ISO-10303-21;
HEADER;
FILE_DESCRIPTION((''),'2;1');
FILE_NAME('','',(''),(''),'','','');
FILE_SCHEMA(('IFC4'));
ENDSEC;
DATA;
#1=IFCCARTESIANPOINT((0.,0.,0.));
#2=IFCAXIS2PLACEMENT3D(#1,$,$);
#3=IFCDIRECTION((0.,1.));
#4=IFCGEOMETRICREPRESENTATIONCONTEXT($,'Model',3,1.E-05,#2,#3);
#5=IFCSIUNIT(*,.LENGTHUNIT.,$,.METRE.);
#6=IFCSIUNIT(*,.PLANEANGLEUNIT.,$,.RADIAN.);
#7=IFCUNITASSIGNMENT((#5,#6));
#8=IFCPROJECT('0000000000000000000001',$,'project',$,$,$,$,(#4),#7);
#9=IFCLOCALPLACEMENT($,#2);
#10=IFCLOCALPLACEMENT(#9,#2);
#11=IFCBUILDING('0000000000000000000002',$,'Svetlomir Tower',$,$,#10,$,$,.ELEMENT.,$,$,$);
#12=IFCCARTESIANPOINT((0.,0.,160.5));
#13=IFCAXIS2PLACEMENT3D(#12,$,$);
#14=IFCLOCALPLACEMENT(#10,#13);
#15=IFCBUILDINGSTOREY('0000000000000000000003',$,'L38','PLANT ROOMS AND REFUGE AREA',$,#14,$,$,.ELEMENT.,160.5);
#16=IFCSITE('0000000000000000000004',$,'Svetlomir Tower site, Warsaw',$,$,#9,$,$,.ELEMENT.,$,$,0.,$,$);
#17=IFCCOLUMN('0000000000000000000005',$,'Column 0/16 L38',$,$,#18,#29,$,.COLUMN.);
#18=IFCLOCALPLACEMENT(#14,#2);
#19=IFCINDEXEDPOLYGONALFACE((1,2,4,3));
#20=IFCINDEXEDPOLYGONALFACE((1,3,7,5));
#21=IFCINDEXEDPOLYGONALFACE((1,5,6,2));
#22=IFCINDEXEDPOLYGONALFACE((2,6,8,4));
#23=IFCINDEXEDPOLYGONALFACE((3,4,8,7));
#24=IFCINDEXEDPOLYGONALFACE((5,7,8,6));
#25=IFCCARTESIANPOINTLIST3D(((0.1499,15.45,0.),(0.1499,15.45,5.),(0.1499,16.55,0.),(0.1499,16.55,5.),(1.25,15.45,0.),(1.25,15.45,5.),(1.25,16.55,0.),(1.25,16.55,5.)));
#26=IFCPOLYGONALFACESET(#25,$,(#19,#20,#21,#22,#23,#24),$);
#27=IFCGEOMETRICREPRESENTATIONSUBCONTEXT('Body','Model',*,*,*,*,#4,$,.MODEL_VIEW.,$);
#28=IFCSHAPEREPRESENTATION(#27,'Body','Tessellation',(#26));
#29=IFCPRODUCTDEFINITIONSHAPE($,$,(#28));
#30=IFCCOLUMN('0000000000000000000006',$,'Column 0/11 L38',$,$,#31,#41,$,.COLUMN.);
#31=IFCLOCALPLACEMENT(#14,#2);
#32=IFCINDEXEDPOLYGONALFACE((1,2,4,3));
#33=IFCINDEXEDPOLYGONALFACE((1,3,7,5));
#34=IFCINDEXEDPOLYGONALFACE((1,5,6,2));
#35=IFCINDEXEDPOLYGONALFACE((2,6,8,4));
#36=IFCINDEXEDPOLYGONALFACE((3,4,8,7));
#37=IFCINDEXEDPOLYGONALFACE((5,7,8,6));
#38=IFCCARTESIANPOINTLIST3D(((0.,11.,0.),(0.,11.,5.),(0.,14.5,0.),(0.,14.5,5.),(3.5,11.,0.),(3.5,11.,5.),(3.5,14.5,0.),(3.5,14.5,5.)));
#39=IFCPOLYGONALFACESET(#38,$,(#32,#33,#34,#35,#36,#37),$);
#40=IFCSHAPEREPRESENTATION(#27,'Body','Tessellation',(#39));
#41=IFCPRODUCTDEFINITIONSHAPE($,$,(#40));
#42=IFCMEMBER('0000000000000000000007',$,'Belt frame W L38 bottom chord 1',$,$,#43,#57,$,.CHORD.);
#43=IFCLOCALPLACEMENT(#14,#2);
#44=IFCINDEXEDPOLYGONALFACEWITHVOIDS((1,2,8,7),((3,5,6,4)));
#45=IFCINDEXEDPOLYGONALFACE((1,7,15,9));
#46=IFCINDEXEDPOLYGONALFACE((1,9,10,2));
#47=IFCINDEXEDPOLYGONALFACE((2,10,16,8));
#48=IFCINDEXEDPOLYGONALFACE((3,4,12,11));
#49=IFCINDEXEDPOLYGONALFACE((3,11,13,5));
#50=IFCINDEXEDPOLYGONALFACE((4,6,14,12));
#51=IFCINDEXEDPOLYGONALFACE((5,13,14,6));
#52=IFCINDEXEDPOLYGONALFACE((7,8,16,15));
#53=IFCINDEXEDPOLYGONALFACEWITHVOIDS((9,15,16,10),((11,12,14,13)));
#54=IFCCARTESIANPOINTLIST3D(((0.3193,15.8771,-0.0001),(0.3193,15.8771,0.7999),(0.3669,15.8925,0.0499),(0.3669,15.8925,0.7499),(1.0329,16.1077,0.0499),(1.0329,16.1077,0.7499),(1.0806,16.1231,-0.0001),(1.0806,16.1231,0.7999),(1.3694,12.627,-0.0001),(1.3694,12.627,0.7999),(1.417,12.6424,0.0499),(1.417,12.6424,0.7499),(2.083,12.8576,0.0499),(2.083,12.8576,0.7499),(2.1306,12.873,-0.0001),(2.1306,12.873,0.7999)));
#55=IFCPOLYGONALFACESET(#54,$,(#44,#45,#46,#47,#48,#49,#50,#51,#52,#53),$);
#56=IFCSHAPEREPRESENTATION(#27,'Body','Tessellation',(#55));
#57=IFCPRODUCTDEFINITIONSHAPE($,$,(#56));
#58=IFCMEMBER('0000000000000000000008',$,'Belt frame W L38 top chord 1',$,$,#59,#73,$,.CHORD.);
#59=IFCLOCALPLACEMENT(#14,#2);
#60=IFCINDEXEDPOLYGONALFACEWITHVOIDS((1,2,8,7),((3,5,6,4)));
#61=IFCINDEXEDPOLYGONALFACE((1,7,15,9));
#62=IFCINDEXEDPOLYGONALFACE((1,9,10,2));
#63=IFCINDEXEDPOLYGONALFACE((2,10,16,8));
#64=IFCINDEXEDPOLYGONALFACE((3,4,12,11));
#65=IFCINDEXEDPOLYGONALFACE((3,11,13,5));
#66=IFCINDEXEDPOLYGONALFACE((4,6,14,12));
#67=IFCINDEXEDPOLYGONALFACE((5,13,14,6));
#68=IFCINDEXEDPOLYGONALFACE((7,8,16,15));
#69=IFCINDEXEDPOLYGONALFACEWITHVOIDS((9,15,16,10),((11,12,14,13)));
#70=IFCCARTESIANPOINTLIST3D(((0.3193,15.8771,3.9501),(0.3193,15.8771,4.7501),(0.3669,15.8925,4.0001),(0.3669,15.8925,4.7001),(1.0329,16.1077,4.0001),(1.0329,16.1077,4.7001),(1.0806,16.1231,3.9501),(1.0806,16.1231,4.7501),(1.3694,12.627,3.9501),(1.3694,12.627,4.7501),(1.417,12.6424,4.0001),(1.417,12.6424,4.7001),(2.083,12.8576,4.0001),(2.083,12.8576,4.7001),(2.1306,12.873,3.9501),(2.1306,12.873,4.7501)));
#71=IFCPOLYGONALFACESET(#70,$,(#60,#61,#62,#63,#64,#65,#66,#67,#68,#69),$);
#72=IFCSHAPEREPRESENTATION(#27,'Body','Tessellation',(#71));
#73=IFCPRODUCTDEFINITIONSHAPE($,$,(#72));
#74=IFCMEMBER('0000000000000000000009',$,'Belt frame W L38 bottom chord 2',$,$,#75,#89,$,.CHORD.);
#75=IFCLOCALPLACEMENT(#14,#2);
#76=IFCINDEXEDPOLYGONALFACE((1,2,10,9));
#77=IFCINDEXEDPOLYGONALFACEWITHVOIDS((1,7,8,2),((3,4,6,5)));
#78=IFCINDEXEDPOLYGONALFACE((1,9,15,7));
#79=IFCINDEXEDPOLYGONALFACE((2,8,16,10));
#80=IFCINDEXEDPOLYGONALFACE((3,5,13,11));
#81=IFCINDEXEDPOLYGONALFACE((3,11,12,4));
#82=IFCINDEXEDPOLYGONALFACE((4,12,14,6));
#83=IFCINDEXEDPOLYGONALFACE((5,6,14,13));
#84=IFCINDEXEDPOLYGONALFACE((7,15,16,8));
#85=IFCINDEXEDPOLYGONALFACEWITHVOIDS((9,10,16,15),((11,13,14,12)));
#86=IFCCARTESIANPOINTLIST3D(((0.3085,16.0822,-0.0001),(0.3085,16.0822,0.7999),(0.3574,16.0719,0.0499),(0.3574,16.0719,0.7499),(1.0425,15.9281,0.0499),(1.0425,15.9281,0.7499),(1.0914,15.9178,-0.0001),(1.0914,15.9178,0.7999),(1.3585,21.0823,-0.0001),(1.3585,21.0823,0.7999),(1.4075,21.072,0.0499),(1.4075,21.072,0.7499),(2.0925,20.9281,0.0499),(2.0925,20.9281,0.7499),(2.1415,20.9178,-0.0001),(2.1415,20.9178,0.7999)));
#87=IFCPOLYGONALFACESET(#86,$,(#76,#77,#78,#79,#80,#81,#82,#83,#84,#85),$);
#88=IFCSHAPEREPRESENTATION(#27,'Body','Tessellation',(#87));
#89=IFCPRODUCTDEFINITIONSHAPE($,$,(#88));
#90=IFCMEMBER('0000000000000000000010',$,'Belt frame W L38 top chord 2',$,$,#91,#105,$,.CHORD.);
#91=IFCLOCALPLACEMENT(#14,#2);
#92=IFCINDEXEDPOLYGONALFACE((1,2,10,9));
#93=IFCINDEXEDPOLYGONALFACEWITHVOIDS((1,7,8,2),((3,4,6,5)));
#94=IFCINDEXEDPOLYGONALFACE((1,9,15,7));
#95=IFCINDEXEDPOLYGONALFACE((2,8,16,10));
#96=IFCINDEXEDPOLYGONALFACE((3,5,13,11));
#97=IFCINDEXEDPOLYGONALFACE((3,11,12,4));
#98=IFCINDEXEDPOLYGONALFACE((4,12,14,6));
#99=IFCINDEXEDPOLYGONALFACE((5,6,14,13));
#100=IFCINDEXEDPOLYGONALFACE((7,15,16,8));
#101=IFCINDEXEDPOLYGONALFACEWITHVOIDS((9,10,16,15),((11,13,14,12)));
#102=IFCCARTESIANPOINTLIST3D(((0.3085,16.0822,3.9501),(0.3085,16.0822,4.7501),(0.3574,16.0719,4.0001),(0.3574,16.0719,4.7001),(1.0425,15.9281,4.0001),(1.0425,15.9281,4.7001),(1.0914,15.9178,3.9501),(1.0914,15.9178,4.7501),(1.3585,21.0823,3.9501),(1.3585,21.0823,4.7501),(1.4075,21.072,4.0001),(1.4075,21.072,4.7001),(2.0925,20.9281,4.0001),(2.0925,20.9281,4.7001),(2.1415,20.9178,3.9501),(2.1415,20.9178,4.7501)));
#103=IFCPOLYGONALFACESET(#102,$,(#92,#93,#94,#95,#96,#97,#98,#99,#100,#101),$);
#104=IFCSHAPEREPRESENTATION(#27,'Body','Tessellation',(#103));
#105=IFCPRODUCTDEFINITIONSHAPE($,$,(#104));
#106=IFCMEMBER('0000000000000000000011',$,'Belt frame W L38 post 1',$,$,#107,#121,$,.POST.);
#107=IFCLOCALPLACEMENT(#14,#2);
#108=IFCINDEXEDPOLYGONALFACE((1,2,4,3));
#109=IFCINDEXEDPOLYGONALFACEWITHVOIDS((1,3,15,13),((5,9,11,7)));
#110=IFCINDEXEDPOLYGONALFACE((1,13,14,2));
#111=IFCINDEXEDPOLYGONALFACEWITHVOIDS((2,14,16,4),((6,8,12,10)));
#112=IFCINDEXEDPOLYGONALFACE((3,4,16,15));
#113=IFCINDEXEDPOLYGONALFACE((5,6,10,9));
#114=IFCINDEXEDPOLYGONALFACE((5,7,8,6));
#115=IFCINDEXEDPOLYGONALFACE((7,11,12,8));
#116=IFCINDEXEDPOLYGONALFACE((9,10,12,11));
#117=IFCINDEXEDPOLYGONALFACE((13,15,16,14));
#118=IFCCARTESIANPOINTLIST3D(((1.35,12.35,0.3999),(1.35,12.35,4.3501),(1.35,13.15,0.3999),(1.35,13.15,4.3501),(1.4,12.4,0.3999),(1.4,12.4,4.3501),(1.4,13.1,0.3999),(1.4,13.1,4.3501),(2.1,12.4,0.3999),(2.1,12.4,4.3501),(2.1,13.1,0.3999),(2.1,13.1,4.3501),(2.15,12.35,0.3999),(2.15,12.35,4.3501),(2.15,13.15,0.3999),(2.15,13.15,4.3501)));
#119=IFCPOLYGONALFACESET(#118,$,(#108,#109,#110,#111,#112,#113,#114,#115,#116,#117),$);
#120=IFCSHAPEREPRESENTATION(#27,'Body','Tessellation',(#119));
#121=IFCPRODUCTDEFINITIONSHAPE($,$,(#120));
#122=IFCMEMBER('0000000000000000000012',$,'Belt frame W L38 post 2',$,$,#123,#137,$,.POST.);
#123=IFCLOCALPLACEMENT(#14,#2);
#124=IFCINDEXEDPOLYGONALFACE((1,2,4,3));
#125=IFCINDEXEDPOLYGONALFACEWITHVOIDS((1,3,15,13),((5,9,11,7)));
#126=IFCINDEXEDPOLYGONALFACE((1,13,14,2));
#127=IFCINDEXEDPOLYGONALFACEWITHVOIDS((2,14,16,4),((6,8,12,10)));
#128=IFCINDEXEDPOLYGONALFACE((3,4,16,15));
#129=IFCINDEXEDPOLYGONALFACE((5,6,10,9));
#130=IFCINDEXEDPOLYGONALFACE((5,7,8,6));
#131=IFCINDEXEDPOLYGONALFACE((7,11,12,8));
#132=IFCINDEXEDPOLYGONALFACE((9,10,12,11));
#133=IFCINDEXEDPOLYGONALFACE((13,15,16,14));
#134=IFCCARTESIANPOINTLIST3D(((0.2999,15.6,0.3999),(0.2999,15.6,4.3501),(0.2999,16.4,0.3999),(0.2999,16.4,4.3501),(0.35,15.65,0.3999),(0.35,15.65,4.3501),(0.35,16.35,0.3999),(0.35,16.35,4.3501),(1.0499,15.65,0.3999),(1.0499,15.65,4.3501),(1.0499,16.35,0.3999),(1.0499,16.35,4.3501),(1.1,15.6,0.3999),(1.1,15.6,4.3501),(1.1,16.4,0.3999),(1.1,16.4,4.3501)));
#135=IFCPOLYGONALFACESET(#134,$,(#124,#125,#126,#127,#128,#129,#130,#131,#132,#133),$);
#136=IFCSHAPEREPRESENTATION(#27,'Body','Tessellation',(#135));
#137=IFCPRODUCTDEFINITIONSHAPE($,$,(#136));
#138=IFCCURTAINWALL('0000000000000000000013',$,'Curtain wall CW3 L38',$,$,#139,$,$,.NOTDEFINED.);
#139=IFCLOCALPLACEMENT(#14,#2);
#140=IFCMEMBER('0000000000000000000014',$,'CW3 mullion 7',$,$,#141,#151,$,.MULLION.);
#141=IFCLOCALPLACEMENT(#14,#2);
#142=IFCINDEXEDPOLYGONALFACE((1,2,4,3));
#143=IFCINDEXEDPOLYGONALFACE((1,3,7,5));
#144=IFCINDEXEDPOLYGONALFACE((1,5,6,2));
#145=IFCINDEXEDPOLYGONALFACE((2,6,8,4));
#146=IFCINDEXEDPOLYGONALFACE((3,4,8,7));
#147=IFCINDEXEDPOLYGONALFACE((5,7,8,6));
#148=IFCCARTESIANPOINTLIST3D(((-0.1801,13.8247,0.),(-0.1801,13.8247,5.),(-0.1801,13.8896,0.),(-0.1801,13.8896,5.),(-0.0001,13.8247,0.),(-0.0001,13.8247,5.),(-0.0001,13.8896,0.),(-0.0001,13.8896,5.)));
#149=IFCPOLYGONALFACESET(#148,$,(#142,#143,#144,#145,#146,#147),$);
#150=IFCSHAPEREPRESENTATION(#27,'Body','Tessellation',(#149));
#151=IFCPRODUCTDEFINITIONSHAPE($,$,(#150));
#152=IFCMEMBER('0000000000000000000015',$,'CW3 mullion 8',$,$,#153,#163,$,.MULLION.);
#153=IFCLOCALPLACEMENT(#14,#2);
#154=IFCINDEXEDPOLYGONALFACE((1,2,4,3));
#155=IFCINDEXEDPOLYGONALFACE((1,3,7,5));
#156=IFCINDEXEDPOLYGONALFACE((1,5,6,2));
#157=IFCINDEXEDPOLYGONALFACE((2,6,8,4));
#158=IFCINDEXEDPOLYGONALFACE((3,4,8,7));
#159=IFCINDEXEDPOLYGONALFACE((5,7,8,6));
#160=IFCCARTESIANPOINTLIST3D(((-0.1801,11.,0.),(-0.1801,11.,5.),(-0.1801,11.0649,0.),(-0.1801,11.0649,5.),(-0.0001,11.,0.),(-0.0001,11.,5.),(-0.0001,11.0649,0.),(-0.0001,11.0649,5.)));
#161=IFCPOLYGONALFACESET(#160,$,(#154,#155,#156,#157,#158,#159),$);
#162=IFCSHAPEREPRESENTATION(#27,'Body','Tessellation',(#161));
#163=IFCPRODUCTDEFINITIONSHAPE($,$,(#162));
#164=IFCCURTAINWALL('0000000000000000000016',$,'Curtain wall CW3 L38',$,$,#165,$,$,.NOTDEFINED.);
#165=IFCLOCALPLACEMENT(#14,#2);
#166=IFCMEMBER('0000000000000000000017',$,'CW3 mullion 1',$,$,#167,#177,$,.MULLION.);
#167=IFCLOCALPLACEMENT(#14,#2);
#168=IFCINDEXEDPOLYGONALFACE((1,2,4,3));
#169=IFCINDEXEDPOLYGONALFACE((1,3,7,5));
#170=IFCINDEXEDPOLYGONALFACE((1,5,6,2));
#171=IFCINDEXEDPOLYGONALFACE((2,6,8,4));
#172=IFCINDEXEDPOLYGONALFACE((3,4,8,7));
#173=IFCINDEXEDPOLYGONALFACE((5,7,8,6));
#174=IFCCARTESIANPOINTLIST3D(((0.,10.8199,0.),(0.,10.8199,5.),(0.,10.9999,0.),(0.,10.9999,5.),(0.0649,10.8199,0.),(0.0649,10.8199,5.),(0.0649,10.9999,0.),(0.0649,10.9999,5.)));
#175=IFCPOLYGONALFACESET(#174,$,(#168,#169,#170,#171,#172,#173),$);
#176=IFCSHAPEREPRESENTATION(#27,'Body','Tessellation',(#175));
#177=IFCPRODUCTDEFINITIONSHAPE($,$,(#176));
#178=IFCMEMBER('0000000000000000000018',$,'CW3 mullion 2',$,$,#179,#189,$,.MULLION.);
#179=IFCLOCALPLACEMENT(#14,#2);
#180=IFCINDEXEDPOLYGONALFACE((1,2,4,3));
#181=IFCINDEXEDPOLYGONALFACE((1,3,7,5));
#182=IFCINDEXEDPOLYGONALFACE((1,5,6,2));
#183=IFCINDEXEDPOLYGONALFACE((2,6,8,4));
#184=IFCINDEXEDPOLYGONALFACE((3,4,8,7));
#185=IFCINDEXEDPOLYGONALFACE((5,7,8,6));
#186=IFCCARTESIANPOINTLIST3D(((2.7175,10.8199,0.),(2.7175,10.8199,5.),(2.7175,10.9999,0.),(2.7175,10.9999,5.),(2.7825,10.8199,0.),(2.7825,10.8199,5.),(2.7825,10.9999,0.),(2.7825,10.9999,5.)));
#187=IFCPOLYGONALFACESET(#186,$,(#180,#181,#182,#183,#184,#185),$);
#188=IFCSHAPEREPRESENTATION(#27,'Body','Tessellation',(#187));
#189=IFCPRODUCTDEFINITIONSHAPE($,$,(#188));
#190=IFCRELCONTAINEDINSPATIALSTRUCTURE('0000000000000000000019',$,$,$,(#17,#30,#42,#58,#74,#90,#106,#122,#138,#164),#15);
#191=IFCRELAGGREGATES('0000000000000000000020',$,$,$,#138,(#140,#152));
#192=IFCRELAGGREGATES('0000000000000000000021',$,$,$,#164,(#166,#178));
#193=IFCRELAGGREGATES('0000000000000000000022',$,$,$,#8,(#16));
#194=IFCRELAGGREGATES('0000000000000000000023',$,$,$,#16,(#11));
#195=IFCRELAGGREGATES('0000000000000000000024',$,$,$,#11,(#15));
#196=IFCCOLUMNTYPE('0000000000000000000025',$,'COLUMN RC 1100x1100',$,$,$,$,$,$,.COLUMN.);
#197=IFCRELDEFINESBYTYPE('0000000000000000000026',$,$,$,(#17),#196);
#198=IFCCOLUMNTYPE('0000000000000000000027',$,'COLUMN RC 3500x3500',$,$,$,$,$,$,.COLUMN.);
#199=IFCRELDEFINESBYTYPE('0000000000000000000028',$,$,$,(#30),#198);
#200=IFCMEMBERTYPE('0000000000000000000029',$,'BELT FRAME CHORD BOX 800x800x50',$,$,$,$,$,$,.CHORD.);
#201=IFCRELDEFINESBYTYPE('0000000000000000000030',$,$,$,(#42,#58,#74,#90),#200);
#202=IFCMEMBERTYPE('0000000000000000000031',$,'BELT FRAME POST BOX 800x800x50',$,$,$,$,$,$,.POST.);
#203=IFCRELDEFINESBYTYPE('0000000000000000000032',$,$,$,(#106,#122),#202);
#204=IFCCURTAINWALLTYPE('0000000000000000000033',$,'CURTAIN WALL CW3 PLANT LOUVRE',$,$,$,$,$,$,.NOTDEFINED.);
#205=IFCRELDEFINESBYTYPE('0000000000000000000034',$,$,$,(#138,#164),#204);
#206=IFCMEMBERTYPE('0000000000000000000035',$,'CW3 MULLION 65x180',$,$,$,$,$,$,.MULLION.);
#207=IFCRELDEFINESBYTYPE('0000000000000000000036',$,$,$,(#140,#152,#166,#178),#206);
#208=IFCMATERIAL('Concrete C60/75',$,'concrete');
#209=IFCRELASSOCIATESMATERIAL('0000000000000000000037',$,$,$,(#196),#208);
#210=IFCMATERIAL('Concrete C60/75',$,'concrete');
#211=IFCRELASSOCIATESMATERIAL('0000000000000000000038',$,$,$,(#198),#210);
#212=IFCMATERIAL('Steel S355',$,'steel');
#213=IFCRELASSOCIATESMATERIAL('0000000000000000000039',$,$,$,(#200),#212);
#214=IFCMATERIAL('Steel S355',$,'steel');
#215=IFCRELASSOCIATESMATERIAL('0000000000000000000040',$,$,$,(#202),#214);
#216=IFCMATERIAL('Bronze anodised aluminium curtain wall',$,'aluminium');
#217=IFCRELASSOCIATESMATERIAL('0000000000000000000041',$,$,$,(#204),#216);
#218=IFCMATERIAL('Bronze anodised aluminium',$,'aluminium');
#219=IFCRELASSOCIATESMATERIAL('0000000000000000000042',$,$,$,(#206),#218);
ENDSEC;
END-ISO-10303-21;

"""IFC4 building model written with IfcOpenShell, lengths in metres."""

from ifc_helpers import new_model, si_unit, direction, frame, origin, origin_2d, place, context, subcontext, project, spatial, rectangle, hollow_rectangle, extrude, material, material_profile, profile_set, type_object, element, aggregate, save


model = new_model("IFC4")

# Units and contexts
model_context = context("Model", 3, precision=1e-05, world=origin(), true_north=direction((0.0, 1.0)))
body_context = subcontext(model_context, "Body", "Model", "MODEL_VIEW")
ifc_project = project(units=[si_unit("LENGTHUNIT", "METRE"), si_unit("PLANEANGLEUNIT", "RADIAN")], contexts=[model_context])

# Site, building, storey
site_placement = place(None, origin())
site = spatial("IfcSite", under=ifc_project, at=site_placement, Name="Svetlomir Tower site, Warsaw", CompositionType="ELEMENT", RefElevation=0.0)
building_placement = place(site_placement, origin())
building = spatial("IfcBuilding", under=site, at=building_placement, Name="Svetlomir Tower", CompositionType="ELEMENT")
storey_placement = place(building_placement, frame((0.0, 0.0, 160.5)))
storey = spatial("IfcBuildingStorey", under=building, at=storey_placement, Name="L38", Description="PLANT ROOMS AND REFUGE AREA", CompositionType="ELEMENT", Elevation=160.5)

# Columns
ifc_material_1 = material(Name="Concrete C60/75", Category="concrete")
ifc_material_profile_1 = material_profile(ifc_material_1, rectangle(XDim=1.1001, YDim=1.1001, at=origin_2d()), Name="RC 1100x1100")
ifc_profile_set_1 = profile_set([ifc_material_profile_1], Name="Concrete C60/75")
column_type_1 = type_object("IfcColumnType", Name="COLUMN RC 1100x1100", PredefinedType="COLUMN", material=ifc_profile_set_1)
column_1_placement = place(storey_placement, frame((0.7, 16.0, 0.0), z_axis=(0.0, 0.0, 1.0), x_axis=(1.0, 0.0, 0.0)))
element("IfcColumn", 1, at=column_1_placement, inside=storey, type_object=column_type_1, Name="Column 0/16 L38", PredefinedType="COLUMN", context=body_context, shape_type="SweptSolid", body=[
    extrude(rectangle(XDim=1.1001, YDim=1.1001, at=origin_2d()), origin(), (0.0, 0.0, 1.0), 5.0),
])
ifc_material_2 = material(Name="Concrete C60/75", Category="concrete")
ifc_material_profile_2 = material_profile(ifc_material_2, rectangle(XDim=3.5, YDim=3.5, at=origin_2d()), Name="RC 3500x3500")
ifc_profile_set_2 = profile_set([ifc_material_profile_2], Name="Concrete C60/75")
column_type_2 = type_object("IfcColumnType", Name="COLUMN RC 3500x3500", PredefinedType="COLUMN", material=ifc_profile_set_2)
column_2_placement = place(storey_placement, frame((1.75, 12.75, 0.0), z_axis=(0.0, 0.0, 1.0), x_axis=(1.0, 0.0, 0.0)))
element("IfcColumn", 2, at=column_2_placement, inside=storey, type_object=column_type_2, Name="Column 0/11 L38", PredefinedType="COLUMN", context=body_context, shape_type="SweptSolid", body=[
    extrude(rectangle(XDim=3.5, YDim=3.5, at=origin_2d()), origin(), (0.0, 0.0, 1.0), 5.0),
])

# Members
ifc_material_3 = material(Name="Steel S355", Category="steel")
ifc_material_profile_3 = material_profile(ifc_material_3, hollow_rectangle(XDim=0.8, YDim=0.8, WallThickness=0.05, at=origin_2d()), Name="BOX 800x800x50")
ifc_profile_set_3 = profile_set([ifc_material_profile_3], Name="Steel S355")
member_type_1 = type_object("IfcMemberType", Name="BELT FRAME CHORD BOX 800x800x50", PredefinedType="CHORD", material=ifc_profile_set_3)
for number, where, z_axis, x_axis, name in (
    (3, (1.75, 12.75, 0.3999), (-0.307443, 0.951566, 0.0), (-0.951566, -0.307443, 0.0), "Belt frame W L38 bottom chord 1"),
    (4, (1.75, 12.75, 4.3501), (-0.307443, 0.951566, 0.0), (-0.951566, -0.307443, 0.0), "Belt frame W L38 top chord 1"),
):
    element("IfcMember", number, at=place(storey_placement, frame(where, z_axis=z_axis, x_axis=x_axis)), inside=storey, type_object=member_type_1, Name=name, PredefinedType="CHORD", context=body_context, shape_type="SweptSolid", body=[
        extrude(hollow_rectangle(XDim=0.8, YDim=0.8, WallThickness=0.05, at=origin_2d()), origin(), (0.0, 0.0, 1.0), 3.4155),
    ])
for number, where, z_axis, x_axis, name in (
    (5, (0.7, 16.0, 0.3999), (0.205526, 0.978652, 0.0), (-0.978652, 0.205526, 0.0), "Belt frame W L38 bottom chord 2"),
    (6, (0.7, 16.0, 4.3501), (0.205526, 0.978652, 0.0), (-0.978652, 0.205526, 0.0), "Belt frame W L38 top chord 2"),
):
    element("IfcMember", number, at=place(storey_placement, frame(where, z_axis=z_axis, x_axis=x_axis)), inside=storey, type_object=member_type_1, Name=name, PredefinedType="CHORD", context=body_context, shape_type="SweptSolid", body=[
        extrude(hollow_rectangle(XDim=0.8, YDim=0.8, WallThickness=0.05, at=origin_2d()), origin(), (0.0, 0.0, 1.0), 5.1091),
    ])
ifc_material_4 = material(Name="Steel S355", Category="steel")
ifc_material_profile_4 = material_profile(ifc_material_4, hollow_rectangle(XDim=0.8, YDim=0.8, WallThickness=0.05, at=origin_2d()), Name="BOX 800x800x50")
ifc_profile_set_4 = profile_set([ifc_material_profile_4], Name="Steel S355")
member_type_2 = type_object("IfcMemberType", Name="BELT FRAME POST BOX 800x800x50", PredefinedType="POST", material=ifc_profile_set_4)
for number, where, z_axis, x_axis, name in (
    (7, (1.75, 12.75, 0.3999), (0.0, 0.0, 1.0), (1.0, 0.0, 0.0), "Belt frame W L38 post 1"),
    (8, (0.7, 16.0, 0.3999), (0.0, 0.0, 1.0), (1.0, 0.0, 0.0), "Belt frame W L38 post 2"),
):
    element("IfcMember", number, at=place(storey_placement, frame(where, z_axis=z_axis, x_axis=x_axis)), inside=storey, type_object=member_type_2, Name=name, PredefinedType="POST", context=body_context, shape_type="SweptSolid", body=[
        extrude(hollow_rectangle(XDim=0.8, YDim=0.8, WallThickness=0.05, at=origin_2d()), origin(), (0.0, 0.0, 1.0), 3.9502),
    ])

# Curtain walls, members
ifc_material_5 = material(Name="Bronze anodised aluminium curtain wall", Category="aluminium")
curtain_wall_type = type_object("IfcCurtainWallType", Name="CURTAIN WALL CW3 PLANT LOUVRE", PredefinedType="NOTDEFINED", material=ifc_material_5)
curtain_wall_1_placement = place(storey_placement, origin())
curtain_wall_1 = element("IfcCurtainWall", 9, at=curtain_wall_1_placement, inside=storey, type_object=curtain_wall_type, Name="Curtain wall CW3 L38", PredefinedType="NOTDEFINED")
ifc_material_6 = material(Name="Bronze anodised aluminium", Category="aluminium")
ifc_material_profile_5 = material_profile(ifc_material_6, rectangle(XDim=0.0649, YDim=0.1799, at=origin_2d()), Name="AL 65x180")
ifc_profile_set_5 = profile_set([ifc_material_profile_5], Name="Bronze anodised aluminium 6063-T6")
member_type_3 = type_object("IfcMemberType", Name="CW3 MULLION 65x180", PredefinedType="MULLION", material=ifc_profile_set_5)
member_1_placement = place(storey_placement, frame((-0.0901, 13.8572, 0.0), z_axis=(0.0, 0.0, 1.0), x_axis=(0.0, -1.0, 0.0)))
member_1 = element("IfcMember", 10, at=member_1_placement, type_object=member_type_3, Name="CW3 mullion 7", PredefinedType="MULLION", context=body_context, shape_type="SweptSolid", body=[
    extrude(rectangle(XDim=0.0649, YDim=0.1799, at=origin_2d()), origin(), (0.0, 0.0, 1.0), 5.0),
])
member_2_placement = place(storey_placement, frame((-0.0901, 11.0325, 0.0), z_axis=(0.0, 0.0, 1.0), x_axis=(0.0, -1.0, 0.0)))
member_2 = element("IfcMember", 11, at=member_2_placement, type_object=member_type_3, Name="CW3 mullion 8", PredefinedType="MULLION", context=body_context, shape_type="SweptSolid", body=[
    extrude(rectangle(XDim=0.0649, YDim=0.1799, at=origin_2d()), origin(), (0.0, 0.0, 1.0), 5.0),
])
curtain_wall_2_placement = place(storey_placement, origin())
curtain_wall_2 = element("IfcCurtainWall", 12, at=curtain_wall_2_placement, inside=storey, type_object=curtain_wall_type, Name="Curtain wall CW3 L38", PredefinedType="NOTDEFINED")
member_3_placement = place(storey_placement, frame((0.0325, 10.9099, 0.0), z_axis=(0.0, 0.0, 1.0), x_axis=(1.0, 0.0, 0.0)))
member_3 = element("IfcMember", 13, at=member_3_placement, type_object=member_type_3, Name="CW3 mullion 1", PredefinedType="MULLION", context=body_context, shape_type="SweptSolid", body=[
    extrude(rectangle(XDim=0.0649, YDim=0.1799, at=origin_2d()), origin(), (0.0, 0.0, 1.0), 5.0),
])
member_4_placement = place(storey_placement, frame((2.75, 10.9099, 0.0), z_axis=(0.0, 0.0, 1.0), x_axis=(1.0, 0.0, 0.0)))
member_4 = element("IfcMember", 14, at=member_4_placement, type_object=member_type_3, Name="CW3 mullion 2", PredefinedType="MULLION", context=body_context, shape_type="SweptSolid", body=[
    extrude(rectangle(XDim=0.0649, YDim=0.1799, at=origin_2d()), origin(), (0.0, 0.0, 1.0), 5.0),
])

aggregate(curtain_wall_1, [member_1, member_2])
aggregate(curtain_wall_2, [member_3, member_4])

save(model, "model.ifc")
